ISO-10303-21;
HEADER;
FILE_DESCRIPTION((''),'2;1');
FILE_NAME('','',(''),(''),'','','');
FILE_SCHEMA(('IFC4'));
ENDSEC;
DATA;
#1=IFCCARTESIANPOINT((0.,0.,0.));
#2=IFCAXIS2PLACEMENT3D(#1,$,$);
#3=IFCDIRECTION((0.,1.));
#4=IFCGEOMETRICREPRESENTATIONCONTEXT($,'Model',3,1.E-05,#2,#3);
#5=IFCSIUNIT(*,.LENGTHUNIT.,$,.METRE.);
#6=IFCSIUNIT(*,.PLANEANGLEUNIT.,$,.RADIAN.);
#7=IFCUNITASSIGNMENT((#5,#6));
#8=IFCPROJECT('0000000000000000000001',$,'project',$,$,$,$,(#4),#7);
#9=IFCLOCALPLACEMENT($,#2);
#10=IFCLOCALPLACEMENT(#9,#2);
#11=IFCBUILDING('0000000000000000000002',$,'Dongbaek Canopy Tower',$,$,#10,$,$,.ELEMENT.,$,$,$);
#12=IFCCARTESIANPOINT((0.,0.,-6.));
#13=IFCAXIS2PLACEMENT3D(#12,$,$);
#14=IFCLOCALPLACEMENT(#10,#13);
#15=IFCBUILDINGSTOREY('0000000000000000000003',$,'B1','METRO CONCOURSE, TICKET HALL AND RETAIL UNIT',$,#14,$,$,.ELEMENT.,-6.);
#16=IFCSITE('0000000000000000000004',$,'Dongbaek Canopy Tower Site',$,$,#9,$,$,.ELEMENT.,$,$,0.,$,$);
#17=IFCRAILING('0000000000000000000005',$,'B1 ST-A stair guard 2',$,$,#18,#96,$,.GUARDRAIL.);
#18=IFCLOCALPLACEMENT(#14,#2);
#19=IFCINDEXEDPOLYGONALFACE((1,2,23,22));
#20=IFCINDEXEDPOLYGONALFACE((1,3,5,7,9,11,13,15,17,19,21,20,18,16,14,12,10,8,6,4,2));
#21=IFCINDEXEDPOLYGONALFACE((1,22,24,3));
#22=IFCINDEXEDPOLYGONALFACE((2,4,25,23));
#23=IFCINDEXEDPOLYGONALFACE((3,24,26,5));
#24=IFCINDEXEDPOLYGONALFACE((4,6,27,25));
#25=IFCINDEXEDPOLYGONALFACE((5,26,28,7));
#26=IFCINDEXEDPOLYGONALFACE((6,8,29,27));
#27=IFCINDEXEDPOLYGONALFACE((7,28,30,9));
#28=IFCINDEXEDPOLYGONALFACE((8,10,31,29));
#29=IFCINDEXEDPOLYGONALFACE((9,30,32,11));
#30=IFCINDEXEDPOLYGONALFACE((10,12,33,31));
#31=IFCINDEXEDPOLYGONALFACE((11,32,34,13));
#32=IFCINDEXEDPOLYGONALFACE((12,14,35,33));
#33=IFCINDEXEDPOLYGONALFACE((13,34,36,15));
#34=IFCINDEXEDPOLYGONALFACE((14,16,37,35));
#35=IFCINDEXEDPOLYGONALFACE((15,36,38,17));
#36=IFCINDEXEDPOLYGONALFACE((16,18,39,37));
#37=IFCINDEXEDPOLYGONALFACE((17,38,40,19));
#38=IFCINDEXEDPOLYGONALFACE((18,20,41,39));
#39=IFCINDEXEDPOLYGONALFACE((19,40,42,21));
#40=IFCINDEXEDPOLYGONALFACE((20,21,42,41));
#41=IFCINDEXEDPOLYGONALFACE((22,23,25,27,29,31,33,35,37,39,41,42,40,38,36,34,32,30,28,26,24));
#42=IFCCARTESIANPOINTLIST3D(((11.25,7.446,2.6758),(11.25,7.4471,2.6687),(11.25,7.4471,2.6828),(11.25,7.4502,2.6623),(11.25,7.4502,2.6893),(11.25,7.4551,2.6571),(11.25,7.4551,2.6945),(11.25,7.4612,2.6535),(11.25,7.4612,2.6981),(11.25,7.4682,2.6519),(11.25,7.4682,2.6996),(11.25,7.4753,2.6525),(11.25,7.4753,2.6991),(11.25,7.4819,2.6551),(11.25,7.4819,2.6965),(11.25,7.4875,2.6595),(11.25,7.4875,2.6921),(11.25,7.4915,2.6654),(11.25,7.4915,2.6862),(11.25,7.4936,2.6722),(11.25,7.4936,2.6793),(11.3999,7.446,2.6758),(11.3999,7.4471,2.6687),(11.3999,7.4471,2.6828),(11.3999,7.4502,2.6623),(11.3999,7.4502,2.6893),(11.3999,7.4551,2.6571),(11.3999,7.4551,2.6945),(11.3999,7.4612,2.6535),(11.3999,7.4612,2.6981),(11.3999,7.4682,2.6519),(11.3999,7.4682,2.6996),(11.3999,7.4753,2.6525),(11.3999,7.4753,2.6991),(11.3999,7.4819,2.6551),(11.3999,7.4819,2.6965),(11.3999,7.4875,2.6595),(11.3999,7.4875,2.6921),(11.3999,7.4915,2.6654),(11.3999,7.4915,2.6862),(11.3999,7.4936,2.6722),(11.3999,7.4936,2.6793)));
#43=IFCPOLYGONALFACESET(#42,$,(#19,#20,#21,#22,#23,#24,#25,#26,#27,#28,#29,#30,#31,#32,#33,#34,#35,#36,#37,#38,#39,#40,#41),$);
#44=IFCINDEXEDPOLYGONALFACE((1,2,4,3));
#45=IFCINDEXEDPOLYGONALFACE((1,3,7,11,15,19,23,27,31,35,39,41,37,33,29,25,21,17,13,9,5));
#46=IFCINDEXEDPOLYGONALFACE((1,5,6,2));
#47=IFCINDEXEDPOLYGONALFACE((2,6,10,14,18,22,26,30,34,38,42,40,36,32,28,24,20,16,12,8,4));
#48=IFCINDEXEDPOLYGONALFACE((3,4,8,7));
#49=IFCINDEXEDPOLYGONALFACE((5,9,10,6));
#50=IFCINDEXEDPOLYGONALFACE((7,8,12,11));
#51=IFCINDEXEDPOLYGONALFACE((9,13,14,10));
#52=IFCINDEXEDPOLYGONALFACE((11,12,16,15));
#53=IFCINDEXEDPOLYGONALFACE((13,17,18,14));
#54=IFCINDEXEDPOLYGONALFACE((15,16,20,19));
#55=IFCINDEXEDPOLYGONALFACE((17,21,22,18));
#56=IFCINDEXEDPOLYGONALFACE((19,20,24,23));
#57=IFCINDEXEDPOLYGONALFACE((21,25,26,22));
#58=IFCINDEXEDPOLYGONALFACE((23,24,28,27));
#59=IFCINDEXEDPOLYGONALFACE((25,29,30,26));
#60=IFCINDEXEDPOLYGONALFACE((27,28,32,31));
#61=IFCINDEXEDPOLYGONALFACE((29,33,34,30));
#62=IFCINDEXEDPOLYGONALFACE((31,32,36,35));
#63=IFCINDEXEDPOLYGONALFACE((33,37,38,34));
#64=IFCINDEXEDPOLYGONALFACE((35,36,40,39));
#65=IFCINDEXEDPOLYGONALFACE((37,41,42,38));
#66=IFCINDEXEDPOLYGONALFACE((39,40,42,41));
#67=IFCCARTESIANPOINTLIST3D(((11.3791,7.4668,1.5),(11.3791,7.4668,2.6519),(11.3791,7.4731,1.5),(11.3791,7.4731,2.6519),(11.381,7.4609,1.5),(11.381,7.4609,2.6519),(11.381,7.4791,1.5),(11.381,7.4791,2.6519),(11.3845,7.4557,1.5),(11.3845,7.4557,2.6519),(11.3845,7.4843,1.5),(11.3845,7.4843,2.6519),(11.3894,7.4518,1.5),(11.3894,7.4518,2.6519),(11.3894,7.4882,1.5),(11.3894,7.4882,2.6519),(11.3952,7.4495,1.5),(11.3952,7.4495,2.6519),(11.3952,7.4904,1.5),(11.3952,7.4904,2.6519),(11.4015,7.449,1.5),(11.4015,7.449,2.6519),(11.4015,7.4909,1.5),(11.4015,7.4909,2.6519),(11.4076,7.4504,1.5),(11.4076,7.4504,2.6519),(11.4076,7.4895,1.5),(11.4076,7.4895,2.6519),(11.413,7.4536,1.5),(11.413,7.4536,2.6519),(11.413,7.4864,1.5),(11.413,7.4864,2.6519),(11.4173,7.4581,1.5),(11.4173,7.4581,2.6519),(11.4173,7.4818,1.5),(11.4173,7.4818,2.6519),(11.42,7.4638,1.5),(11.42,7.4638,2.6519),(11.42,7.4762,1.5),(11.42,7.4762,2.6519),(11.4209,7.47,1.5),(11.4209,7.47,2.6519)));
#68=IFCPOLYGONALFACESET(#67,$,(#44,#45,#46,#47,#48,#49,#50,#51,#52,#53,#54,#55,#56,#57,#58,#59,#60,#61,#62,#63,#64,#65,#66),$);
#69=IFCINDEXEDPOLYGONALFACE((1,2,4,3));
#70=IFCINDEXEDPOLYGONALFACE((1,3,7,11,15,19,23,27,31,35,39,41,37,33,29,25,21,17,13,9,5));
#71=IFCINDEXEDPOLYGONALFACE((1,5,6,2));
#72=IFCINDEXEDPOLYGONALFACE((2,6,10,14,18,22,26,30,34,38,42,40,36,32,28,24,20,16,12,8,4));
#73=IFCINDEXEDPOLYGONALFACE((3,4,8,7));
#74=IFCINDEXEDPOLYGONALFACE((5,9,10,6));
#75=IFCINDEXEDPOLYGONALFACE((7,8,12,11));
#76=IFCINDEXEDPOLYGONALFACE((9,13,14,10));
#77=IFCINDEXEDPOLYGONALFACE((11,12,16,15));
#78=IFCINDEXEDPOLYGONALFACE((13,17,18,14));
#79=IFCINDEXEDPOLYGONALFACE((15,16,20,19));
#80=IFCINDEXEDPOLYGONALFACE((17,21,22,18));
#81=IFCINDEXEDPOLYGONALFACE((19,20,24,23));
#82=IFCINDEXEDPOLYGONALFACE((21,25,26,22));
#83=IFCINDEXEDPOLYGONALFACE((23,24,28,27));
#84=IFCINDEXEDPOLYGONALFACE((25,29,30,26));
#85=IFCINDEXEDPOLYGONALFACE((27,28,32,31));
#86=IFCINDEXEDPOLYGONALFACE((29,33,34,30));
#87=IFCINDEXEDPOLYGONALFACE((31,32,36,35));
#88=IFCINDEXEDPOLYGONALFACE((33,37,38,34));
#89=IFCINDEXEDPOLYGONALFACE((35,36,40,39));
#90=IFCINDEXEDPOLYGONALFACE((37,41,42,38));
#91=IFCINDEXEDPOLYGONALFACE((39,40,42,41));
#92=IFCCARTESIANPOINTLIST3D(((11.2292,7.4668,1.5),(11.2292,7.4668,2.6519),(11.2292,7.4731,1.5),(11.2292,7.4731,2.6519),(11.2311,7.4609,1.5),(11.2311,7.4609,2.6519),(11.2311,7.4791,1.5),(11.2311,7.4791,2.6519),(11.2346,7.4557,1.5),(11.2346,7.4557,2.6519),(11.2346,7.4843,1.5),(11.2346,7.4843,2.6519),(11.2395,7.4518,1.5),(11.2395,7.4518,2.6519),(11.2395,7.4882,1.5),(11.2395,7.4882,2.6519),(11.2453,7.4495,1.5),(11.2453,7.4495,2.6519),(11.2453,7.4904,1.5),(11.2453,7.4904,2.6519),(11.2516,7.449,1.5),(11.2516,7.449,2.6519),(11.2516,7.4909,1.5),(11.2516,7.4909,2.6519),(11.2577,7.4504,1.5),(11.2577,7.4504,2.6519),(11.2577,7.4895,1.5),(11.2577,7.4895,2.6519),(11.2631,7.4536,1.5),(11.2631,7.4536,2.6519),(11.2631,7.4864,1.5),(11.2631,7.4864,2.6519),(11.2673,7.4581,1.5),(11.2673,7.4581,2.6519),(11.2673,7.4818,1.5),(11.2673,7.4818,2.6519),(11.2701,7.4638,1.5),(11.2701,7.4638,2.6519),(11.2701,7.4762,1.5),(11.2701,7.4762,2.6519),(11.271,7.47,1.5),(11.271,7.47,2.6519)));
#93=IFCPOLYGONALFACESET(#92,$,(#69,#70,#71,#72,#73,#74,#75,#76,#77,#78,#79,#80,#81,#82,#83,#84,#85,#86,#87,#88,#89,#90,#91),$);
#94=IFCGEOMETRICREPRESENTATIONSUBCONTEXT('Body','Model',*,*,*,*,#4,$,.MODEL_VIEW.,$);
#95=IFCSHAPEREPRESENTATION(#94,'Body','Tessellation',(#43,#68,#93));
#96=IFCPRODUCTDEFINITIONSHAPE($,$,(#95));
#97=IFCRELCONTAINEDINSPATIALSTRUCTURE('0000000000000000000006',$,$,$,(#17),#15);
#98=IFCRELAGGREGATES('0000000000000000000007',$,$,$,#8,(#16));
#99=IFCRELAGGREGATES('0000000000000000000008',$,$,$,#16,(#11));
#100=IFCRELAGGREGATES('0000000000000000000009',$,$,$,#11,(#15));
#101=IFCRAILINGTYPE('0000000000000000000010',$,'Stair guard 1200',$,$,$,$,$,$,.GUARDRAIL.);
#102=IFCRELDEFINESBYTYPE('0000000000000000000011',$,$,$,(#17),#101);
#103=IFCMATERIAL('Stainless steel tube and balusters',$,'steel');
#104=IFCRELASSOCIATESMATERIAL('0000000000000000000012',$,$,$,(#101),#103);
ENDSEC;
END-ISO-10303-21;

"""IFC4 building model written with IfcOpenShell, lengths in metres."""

from ifc_helpers import new_model, si_unit, direction, frame, origin, origin_2d, place, context, subcontext, project, spatial, circle, extrude, material, type_object, element, save


model = new_model("IFC4")

# Units and contexts
model_context = context("Model", 3, precision=1e-05, world=origin(), true_north=direction((0.0, 1.0)))
body_context = subcontext(model_context, "Body", "Model", "MODEL_VIEW")
ifc_project = project(units=[si_unit("LENGTHUNIT", "METRE"), si_unit("PLANEANGLEUNIT", "RADIAN")], contexts=[model_context])

# Site, building, storey
site_placement = place(None, origin())
site = spatial("IfcSite", under=ifc_project, at=site_placement, Name="Dongbaek Canopy Tower Site", CompositionType="ELEMENT", RefElevation=0.0)
building_placement = place(site_placement, origin())
building = spatial("IfcBuilding", under=site, at=building_placement, Name="Dongbaek Canopy Tower", CompositionType="ELEMENT")
storey_placement = place(building_placement, frame((0.0, 0.0, -6.0)))
storey = spatial("IfcBuildingStorey", under=building, at=storey_placement, Name="B1", Description="METRO CONCOURSE, TICKET HALL AND RETAIL UNIT", CompositionType="ELEMENT", Elevation=-6.0)

# Railing
ifc_material_1 = material(Name="Stainless steel tube and balusters", Category="steel")
railing_type_1 = type_object("IfcRailingType", Name="Stair guard 1200", PredefinedType="GUARDRAIL", material=ifc_material_1)
railing_1_placement = place(storey_placement, frame((11.3999, 7.47, 1.5)))
element("IfcRailing", 1, at=railing_1_placement, inside=storey, type_object=railing_type_1, Name="B1 ST-A stair guard 2", PredefinedType="GUARDRAIL", context=body_context, shape_type="SweptSolid", body=[
    extrude(circle(Radius=0.0239, at=origin_2d()), frame((0.0, 0.0, 1.1758), z_axis=(-1.0, 0.0, 0.0), x_axis=(0.0, -1.0, 0.0)), (0.0, 0.0, 1.0), 0.1499),
    extrude(circle(Radius=0.021, at=origin_2d()), origin(), (0.0, 0.0, 1.0), 1.1519),
    extrude(circle(Radius=0.021, at=origin_2d()), frame((-0.1499, 0.0, 0.0)), (0.0, 0.0, 1.0), 1.1519),
])

save(model, "model.ifc")
